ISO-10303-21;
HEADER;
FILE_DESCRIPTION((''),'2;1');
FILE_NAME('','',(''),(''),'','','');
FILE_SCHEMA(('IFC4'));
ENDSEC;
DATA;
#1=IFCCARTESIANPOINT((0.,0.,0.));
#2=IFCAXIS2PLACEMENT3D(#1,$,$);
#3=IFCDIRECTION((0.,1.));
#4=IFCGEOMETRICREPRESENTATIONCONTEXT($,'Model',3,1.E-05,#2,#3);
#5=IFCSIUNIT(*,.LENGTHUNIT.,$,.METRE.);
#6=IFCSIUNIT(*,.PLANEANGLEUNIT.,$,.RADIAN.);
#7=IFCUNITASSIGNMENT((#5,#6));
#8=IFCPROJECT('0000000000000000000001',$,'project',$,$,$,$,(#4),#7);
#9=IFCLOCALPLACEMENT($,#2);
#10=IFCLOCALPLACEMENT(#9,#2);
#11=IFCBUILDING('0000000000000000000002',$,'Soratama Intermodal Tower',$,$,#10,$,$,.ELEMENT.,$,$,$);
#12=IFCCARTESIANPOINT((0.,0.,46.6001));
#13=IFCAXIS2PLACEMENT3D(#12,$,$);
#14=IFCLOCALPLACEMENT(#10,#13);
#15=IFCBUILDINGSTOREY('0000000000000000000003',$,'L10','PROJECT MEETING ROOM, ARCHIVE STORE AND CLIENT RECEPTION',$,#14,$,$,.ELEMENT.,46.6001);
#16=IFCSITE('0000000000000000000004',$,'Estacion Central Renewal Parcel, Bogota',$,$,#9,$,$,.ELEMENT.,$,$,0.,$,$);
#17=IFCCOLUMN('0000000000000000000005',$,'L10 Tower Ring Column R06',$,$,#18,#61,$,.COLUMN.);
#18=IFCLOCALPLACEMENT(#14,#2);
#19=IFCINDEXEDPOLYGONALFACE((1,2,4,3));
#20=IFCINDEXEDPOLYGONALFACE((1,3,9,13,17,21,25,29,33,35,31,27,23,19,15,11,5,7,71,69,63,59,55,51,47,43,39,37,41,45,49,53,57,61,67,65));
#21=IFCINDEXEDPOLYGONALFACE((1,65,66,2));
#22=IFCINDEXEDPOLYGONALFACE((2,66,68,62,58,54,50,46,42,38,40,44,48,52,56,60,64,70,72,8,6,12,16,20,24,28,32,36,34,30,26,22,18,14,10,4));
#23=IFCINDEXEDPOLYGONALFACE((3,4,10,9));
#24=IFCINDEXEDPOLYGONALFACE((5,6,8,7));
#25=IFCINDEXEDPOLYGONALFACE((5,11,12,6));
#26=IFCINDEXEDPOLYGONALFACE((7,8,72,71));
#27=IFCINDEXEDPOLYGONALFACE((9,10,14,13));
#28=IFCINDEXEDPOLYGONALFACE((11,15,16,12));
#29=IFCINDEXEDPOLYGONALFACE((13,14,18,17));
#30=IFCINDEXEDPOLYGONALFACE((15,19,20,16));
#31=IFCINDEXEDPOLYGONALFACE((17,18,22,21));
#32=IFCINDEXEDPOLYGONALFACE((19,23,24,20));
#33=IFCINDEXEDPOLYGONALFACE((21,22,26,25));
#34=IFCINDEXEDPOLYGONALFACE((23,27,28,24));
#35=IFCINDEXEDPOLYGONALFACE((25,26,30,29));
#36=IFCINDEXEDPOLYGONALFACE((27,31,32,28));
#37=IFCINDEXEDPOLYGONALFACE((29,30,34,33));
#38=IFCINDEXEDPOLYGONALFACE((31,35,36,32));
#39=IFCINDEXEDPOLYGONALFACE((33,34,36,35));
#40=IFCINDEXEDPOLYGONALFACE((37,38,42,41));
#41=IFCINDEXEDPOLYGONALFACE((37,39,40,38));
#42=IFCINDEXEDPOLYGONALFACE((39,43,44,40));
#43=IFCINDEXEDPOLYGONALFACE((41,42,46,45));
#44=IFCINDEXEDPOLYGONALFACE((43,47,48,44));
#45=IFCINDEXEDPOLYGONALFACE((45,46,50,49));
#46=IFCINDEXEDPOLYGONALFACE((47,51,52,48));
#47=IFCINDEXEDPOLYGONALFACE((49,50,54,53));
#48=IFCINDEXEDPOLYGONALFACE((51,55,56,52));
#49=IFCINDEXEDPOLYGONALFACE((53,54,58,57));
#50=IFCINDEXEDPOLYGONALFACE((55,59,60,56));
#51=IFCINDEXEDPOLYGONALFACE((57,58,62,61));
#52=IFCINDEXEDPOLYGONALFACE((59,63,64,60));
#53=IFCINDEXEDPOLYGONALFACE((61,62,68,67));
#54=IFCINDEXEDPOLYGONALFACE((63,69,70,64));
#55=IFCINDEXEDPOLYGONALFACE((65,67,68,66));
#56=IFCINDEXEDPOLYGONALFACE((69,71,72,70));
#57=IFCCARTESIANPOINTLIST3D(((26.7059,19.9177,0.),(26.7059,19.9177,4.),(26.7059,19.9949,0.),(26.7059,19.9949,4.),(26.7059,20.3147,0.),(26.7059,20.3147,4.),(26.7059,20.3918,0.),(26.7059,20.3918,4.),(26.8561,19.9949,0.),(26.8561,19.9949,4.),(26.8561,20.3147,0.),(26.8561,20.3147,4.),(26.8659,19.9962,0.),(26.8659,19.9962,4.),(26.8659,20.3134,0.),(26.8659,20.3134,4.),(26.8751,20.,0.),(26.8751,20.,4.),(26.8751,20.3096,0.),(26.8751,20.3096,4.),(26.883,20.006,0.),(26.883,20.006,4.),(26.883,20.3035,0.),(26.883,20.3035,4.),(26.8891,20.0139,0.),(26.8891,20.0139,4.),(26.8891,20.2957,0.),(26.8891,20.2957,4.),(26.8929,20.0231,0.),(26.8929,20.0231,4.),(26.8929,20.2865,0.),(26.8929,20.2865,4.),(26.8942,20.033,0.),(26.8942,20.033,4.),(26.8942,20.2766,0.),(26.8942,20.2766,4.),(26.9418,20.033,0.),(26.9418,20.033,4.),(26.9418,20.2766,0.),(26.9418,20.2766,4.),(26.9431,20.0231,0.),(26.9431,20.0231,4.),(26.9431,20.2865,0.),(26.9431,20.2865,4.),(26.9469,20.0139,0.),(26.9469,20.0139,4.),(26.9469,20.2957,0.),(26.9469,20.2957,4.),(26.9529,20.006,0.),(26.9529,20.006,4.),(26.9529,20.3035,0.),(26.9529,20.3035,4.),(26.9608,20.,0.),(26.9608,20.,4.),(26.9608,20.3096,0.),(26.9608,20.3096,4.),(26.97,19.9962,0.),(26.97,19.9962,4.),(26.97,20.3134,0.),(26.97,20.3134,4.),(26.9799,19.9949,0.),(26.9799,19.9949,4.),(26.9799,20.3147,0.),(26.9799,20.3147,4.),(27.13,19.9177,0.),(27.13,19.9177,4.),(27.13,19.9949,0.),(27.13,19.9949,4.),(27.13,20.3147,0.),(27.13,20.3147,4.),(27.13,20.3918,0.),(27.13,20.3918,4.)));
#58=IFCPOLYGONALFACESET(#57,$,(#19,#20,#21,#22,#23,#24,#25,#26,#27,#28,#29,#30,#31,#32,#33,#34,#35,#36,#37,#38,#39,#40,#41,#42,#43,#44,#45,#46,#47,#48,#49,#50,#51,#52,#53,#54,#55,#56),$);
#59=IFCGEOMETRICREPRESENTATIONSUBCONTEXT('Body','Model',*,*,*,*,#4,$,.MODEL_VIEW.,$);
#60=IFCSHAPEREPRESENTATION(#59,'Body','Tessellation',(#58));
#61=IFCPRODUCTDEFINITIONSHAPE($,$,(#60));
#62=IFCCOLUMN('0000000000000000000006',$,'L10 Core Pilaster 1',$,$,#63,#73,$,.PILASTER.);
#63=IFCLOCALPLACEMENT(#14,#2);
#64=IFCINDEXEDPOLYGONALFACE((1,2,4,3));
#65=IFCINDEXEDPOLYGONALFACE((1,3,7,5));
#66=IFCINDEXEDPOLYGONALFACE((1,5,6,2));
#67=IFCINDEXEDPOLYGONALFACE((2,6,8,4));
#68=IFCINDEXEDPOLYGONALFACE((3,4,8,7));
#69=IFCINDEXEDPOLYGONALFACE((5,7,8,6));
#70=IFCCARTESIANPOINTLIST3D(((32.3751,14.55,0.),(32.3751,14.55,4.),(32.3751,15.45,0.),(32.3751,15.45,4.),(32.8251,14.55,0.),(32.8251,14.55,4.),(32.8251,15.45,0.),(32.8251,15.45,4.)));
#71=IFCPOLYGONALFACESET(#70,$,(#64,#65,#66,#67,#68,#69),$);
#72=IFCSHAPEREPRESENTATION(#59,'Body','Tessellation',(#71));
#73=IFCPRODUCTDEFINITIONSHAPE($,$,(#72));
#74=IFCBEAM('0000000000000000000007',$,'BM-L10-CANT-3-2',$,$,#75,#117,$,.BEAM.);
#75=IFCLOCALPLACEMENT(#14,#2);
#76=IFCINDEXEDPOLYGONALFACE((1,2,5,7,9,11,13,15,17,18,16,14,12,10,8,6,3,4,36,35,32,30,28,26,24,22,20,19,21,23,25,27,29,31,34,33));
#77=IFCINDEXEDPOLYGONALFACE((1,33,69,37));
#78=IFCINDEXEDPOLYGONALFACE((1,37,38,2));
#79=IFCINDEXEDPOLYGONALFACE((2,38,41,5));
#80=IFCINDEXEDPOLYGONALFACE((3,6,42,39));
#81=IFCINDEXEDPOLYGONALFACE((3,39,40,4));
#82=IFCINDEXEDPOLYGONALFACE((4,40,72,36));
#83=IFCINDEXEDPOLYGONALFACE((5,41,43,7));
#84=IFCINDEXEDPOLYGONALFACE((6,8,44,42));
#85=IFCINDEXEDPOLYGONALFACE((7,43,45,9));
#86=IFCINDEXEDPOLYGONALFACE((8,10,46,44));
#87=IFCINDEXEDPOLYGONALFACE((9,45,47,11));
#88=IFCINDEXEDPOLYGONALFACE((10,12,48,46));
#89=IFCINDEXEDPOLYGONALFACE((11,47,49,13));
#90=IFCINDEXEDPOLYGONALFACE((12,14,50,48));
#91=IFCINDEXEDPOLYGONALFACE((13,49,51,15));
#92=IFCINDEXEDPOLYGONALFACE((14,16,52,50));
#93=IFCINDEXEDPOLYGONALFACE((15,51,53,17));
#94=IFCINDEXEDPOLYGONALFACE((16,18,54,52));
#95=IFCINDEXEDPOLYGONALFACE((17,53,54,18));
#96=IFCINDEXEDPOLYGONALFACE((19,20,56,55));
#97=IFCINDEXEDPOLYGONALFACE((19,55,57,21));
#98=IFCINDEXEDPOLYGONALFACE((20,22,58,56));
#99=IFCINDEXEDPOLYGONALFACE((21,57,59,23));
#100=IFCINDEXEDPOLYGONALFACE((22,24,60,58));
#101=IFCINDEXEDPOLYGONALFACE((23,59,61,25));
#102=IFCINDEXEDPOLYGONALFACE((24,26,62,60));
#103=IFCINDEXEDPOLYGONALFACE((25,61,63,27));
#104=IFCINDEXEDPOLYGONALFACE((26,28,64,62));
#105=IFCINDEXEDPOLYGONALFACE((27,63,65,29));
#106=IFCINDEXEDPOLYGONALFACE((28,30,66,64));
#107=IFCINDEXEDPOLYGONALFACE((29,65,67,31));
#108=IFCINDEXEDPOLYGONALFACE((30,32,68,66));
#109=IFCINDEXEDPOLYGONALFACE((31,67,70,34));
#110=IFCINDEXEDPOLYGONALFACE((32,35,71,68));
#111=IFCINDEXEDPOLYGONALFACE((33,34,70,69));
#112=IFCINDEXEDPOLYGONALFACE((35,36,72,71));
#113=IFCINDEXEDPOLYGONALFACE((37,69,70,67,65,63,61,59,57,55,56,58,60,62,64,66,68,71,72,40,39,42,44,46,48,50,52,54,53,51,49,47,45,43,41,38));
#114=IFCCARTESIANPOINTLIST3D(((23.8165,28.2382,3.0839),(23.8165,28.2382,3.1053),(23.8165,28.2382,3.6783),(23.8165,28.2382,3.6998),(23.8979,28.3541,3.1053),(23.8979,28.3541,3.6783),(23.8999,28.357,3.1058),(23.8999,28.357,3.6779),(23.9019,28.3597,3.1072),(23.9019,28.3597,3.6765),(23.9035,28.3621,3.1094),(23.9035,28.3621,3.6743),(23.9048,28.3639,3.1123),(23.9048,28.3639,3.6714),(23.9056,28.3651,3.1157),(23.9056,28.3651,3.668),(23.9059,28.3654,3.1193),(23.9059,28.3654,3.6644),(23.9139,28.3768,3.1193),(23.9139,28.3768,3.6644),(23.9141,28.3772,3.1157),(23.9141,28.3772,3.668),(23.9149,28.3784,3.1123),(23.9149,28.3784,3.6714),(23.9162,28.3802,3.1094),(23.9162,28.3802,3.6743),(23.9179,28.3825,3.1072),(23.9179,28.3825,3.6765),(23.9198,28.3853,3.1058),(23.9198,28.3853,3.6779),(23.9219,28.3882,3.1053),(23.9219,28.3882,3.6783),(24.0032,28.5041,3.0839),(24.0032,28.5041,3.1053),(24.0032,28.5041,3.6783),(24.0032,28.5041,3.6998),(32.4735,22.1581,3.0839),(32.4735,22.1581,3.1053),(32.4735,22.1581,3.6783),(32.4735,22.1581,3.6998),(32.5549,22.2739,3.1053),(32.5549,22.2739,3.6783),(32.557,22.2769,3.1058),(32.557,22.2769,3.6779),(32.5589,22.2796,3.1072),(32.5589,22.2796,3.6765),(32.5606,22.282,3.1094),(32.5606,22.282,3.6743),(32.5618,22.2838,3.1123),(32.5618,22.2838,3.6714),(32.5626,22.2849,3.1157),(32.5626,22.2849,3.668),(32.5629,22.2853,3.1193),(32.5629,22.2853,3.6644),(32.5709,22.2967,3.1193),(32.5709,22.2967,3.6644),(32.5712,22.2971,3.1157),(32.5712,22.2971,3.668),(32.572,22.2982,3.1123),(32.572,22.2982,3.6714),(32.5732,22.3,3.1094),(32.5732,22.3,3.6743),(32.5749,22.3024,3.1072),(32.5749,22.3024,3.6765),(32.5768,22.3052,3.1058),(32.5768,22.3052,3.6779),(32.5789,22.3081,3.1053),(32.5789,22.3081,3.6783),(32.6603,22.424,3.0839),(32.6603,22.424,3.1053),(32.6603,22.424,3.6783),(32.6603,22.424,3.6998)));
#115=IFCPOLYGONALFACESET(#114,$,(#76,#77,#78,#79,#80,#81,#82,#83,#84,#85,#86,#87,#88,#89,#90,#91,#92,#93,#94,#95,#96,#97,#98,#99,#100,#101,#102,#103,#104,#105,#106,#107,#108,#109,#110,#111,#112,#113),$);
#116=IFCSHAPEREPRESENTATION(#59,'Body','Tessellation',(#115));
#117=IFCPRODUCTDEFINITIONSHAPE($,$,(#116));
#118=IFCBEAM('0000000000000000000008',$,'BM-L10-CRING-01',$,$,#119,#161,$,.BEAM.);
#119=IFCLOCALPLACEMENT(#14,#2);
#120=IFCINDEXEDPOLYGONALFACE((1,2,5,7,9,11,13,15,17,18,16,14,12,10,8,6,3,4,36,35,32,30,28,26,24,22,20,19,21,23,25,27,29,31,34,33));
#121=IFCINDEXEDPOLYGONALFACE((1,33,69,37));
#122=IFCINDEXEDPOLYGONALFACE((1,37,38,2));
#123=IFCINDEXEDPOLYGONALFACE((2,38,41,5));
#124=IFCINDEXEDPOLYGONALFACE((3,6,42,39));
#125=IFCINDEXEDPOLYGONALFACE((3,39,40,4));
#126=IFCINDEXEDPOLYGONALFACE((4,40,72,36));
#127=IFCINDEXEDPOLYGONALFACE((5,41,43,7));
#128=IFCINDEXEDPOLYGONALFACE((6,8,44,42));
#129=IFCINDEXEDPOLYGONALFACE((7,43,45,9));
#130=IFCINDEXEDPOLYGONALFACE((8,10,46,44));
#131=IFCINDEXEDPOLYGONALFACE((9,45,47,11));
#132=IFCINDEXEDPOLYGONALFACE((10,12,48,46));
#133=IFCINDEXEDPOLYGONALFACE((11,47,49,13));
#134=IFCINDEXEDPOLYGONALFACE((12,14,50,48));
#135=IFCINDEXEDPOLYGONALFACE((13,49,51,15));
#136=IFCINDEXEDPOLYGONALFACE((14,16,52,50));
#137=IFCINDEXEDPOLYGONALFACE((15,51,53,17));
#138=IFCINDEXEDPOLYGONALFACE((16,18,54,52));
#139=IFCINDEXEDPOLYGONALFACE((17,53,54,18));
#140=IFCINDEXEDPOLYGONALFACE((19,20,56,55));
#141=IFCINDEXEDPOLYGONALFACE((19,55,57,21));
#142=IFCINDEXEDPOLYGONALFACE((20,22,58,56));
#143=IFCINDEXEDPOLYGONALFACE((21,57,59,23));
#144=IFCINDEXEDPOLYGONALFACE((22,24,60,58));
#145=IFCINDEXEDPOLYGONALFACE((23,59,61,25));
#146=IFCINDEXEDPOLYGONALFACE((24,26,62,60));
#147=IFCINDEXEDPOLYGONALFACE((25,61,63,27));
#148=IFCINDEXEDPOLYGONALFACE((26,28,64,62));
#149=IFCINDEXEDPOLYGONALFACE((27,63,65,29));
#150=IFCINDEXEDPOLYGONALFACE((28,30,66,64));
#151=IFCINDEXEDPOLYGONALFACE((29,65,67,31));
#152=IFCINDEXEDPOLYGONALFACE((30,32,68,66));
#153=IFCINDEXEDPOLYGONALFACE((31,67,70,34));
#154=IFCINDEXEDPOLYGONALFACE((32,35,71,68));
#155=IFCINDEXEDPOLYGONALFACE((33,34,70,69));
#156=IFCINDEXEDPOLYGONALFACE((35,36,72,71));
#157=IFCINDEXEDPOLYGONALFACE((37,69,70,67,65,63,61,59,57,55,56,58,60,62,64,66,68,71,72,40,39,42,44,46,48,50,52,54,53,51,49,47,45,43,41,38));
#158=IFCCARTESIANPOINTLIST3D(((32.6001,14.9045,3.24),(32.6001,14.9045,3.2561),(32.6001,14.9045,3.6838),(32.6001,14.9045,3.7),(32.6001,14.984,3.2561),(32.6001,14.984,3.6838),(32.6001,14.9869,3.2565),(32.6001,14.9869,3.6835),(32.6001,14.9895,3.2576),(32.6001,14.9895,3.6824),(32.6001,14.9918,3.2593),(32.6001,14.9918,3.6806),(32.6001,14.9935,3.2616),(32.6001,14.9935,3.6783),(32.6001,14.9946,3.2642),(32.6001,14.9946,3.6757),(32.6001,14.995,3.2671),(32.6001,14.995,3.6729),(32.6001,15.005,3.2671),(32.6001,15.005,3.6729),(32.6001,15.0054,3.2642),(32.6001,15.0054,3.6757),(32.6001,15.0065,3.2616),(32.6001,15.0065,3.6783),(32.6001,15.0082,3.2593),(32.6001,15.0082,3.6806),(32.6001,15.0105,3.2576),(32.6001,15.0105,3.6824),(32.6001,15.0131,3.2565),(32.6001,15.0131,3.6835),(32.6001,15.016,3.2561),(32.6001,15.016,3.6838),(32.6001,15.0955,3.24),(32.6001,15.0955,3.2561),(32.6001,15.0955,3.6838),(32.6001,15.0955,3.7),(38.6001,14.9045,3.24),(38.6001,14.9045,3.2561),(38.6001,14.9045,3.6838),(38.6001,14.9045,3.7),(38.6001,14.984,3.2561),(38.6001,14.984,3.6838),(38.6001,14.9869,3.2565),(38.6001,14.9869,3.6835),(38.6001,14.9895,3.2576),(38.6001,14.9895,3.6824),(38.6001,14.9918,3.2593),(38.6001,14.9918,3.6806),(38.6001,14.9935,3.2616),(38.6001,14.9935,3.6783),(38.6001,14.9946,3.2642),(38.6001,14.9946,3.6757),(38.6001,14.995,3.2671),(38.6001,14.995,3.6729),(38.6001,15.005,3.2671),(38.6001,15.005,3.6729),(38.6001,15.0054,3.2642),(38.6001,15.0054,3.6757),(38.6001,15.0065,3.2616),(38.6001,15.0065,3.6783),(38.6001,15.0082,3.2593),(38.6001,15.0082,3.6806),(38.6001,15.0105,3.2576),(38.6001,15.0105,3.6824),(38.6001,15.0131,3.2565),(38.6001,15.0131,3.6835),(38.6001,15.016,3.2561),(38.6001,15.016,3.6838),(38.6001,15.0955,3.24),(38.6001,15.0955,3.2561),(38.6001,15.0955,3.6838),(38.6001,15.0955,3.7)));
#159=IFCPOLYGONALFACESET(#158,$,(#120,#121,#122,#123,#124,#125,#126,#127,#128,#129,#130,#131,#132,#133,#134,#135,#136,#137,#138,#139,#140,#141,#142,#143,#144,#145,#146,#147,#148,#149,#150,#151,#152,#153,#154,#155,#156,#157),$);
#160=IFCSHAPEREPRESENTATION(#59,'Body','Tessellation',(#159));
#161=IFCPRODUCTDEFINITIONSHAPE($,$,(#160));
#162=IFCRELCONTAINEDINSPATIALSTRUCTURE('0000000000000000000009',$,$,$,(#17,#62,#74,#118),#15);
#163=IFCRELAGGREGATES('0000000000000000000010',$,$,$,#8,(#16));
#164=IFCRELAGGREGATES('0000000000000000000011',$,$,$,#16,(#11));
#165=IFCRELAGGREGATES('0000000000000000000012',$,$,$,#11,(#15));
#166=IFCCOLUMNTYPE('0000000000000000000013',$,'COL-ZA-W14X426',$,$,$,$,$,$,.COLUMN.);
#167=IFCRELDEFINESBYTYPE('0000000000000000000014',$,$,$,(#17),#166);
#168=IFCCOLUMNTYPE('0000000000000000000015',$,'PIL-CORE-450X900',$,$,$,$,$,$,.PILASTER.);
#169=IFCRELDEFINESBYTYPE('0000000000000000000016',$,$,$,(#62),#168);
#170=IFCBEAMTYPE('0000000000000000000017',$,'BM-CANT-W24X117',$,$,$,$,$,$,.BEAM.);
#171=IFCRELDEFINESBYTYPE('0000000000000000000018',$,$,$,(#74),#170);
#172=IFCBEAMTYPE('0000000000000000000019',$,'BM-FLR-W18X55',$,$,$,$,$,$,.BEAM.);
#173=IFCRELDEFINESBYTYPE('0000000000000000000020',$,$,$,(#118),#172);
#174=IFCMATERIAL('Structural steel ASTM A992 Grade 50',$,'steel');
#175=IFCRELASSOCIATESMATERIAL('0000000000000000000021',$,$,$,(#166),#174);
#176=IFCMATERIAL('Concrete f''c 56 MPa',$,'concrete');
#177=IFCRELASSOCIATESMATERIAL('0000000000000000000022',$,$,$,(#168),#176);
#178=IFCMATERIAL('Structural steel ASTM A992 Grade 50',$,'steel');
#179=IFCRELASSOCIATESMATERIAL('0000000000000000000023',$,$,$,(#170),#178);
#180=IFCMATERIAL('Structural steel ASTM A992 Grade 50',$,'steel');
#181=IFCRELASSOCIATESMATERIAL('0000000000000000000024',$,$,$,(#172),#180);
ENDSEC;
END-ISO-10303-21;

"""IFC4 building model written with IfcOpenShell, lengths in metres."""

from ifc_helpers import new_model, si_unit, direction, frame, origin, origin_2d, place, context, subcontext, project, spatial, rectangle, i_section, extrude, material, material_profile, profile_set, type_object, element, save


model = new_model("IFC4")

# Units and contexts
model_context = context("Model", 3, precision=1e-05, world=origin(), true_north=direction((0.0, 1.0)))
body_context = subcontext(model_context, "Body", "Model", "MODEL_VIEW")
ifc_project = project(units=[si_unit("LENGTHUNIT", "METRE"), si_unit("PLANEANGLEUNIT", "RADIAN")], contexts=[model_context])

# Site, building, storey
site_placement = place(None, origin())
site = spatial("IfcSite", under=ifc_project, at=site_placement, Name="Estacion Central Renewal Parcel, Bogota", CompositionType="ELEMENT", RefElevation=0.0)
building_placement = place(site_placement, origin())
building = spatial("IfcBuilding", under=site, at=building_placement, Name="Soratama Intermodal Tower", CompositionType="ELEMENT")
storey_placement = place(building_placement, frame((0.0, 0.0, 46.6001)))
storey = spatial("IfcBuildingStorey", under=building, at=storey_placement, Name="L10", Description="PROJECT MEETING ROOM, ARCHIVE STORE AND CLIENT RECEPTION", CompositionType="ELEMENT", Elevation=46.6001)

# Columns
ifc_material_1 = material(Name="Structural steel ASTM A992 Grade 50", Category="steel")
ifc_material_profile_1 = material_profile(ifc_material_1, i_section(OverallWidth=0.4241, OverallDepth=0.4741, WebThickness=0.0476, FlangeThickness=0.0771, FilletRadius=0.0381, at=origin_2d()), Name="W14X426")
ifc_profile_set_1 = profile_set([ifc_material_profile_1], Name="Structural steel ASTM A992 Grade 50")
column_type_1 = type_object("IfcColumnType", Name="COL-ZA-W14X426", PredefinedType="COLUMN", material=ifc_profile_set_1)
column_1_placement = place(storey_placement, frame((26.918, 20.1548, 0.0), z_axis=(0.0, 0.0, 1.0), x_axis=(1.0, 0.0, 0.0)))
element("IfcColumn", 1, at=column_1_placement, inside=storey, type_object=column_type_1, Name="L10 Tower Ring Column R06", PredefinedType="COLUMN", context=body_context, shape_type="SweptSolid", body=[
    extrude(i_section(OverallWidth=0.4241, OverallDepth=0.4741, WebThickness=0.0476, FlangeThickness=0.0771, FilletRadius=0.0381, at=origin_2d()), origin(), (0.0, 0.0, 1.0), 4.0),
])
ifc_material_2 = material(Name="Concrete f'c 56 MPa", Category="concrete")
ifc_material_profile_2 = material_profile(ifc_material_2, rectangle(XDim=0.45, YDim=0.8999, at=origin_2d()), Name="RC450X900")
ifc_profile_set_2 = profile_set([ifc_material_profile_2], Name="Concrete f'c 56 MPa")
column_type_2 = type_object("IfcColumnType", Name="PIL-CORE-450X900", PredefinedType="PILASTER", material=ifc_profile_set_2)
column_2_placement = place(storey_placement, frame((32.6001, 15.0, 0.0), z_axis=(0.0, 0.0, 1.0), x_axis=(1.0, 0.0, 0.0)))
element("IfcColumn", 2, at=column_2_placement, inside=storey, type_object=column_type_2, Name="L10 Core Pilaster 1", PredefinedType="PILASTER", context=body_context, shape_type="SweptSolid", body=[
    extrude(rectangle(XDim=0.45, YDim=0.8999, at=origin_2d()), origin(), (0.0, 0.0, 1.0), 4.0),
])

# Beams
ifc_material_3 = material(Name="Structural steel ASTM A992 Grade 50", Category="steel")
ifc_material_profile_3 = material_profile(ifc_material_3, i_section(OverallWidth=0.325, OverallDepth=0.616, WebThickness=0.0139, FlangeThickness=0.0215, FilletRadius=0.0139, at=origin_2d()), Name="W24X117")
ifc_profile_set_3 = profile_set([ifc_material_profile_3], Name="Structural steel ASTM A992 Grade 50")
beam_type_1 = type_object("IfcBeamType", Name="BM-CANT-W24X117", PredefinedType="BEAM", material=ifc_profile_set_3)
beam_1_placement = place(storey_placement, frame((32.5669, 22.291, 3.3918), z_axis=(-0.818334, 0.574743, 0.0), x_axis=(-0.574743, -0.818334, 0.0)))
element("IfcBeam", 3, at=beam_1_placement, inside=storey, type_object=beam_type_1, Name="BM-L10-CANT-3-2", PredefinedType="BEAM", context=body_context, shape_type="SweptSolid", body=[
    extrude(i_section(OverallWidth=0.325, OverallDepth=0.616, WebThickness=0.0139, FlangeThickness=0.0215, FilletRadius=0.0139, at=origin_2d()), origin(), (0.0, 0.0, 1.0), 10.5789),
])
ifc_material_4 = material(Name="Structural steel ASTM A992 Grade 50", Category="steel")
ifc_material_profile_4 = material_profile(ifc_material_4, i_section(OverallWidth=0.1909, OverallDepth=0.46, WebThickness=0.01, FlangeThickness=0.0161, FilletRadius=0.011, at=origin_2d()), Name="W18X55")
ifc_profile_set_4 = profile_set([ifc_material_profile_4], Name="Structural steel ASTM A992 Grade 50")
beam_type_2 = type_object("IfcBeamType", Name="BM-FLR-W18X55", PredefinedType="BEAM", material=ifc_profile_set_4)
beam_2_placement = place(storey_placement, frame((32.6001, 15.0, 3.47), z_axis=(1.0, 0.0, 0.0), x_axis=(0.0, 1.0, 0.0)))
element("IfcBeam", 4, at=beam_2_placement, inside=storey, type_object=beam_type_2, Name="BM-L10-CRING-01", PredefinedType="BEAM", context=body_context, shape_type="SweptSolid", body=[
    extrude(i_section(OverallWidth=0.1909, OverallDepth=0.46, WebThickness=0.01, FlangeThickness=0.0161, FilletRadius=0.011, at=origin_2d()), origin(), (0.0, 0.0, 1.0), 6.0),
])

save(model, "model.ifc")
